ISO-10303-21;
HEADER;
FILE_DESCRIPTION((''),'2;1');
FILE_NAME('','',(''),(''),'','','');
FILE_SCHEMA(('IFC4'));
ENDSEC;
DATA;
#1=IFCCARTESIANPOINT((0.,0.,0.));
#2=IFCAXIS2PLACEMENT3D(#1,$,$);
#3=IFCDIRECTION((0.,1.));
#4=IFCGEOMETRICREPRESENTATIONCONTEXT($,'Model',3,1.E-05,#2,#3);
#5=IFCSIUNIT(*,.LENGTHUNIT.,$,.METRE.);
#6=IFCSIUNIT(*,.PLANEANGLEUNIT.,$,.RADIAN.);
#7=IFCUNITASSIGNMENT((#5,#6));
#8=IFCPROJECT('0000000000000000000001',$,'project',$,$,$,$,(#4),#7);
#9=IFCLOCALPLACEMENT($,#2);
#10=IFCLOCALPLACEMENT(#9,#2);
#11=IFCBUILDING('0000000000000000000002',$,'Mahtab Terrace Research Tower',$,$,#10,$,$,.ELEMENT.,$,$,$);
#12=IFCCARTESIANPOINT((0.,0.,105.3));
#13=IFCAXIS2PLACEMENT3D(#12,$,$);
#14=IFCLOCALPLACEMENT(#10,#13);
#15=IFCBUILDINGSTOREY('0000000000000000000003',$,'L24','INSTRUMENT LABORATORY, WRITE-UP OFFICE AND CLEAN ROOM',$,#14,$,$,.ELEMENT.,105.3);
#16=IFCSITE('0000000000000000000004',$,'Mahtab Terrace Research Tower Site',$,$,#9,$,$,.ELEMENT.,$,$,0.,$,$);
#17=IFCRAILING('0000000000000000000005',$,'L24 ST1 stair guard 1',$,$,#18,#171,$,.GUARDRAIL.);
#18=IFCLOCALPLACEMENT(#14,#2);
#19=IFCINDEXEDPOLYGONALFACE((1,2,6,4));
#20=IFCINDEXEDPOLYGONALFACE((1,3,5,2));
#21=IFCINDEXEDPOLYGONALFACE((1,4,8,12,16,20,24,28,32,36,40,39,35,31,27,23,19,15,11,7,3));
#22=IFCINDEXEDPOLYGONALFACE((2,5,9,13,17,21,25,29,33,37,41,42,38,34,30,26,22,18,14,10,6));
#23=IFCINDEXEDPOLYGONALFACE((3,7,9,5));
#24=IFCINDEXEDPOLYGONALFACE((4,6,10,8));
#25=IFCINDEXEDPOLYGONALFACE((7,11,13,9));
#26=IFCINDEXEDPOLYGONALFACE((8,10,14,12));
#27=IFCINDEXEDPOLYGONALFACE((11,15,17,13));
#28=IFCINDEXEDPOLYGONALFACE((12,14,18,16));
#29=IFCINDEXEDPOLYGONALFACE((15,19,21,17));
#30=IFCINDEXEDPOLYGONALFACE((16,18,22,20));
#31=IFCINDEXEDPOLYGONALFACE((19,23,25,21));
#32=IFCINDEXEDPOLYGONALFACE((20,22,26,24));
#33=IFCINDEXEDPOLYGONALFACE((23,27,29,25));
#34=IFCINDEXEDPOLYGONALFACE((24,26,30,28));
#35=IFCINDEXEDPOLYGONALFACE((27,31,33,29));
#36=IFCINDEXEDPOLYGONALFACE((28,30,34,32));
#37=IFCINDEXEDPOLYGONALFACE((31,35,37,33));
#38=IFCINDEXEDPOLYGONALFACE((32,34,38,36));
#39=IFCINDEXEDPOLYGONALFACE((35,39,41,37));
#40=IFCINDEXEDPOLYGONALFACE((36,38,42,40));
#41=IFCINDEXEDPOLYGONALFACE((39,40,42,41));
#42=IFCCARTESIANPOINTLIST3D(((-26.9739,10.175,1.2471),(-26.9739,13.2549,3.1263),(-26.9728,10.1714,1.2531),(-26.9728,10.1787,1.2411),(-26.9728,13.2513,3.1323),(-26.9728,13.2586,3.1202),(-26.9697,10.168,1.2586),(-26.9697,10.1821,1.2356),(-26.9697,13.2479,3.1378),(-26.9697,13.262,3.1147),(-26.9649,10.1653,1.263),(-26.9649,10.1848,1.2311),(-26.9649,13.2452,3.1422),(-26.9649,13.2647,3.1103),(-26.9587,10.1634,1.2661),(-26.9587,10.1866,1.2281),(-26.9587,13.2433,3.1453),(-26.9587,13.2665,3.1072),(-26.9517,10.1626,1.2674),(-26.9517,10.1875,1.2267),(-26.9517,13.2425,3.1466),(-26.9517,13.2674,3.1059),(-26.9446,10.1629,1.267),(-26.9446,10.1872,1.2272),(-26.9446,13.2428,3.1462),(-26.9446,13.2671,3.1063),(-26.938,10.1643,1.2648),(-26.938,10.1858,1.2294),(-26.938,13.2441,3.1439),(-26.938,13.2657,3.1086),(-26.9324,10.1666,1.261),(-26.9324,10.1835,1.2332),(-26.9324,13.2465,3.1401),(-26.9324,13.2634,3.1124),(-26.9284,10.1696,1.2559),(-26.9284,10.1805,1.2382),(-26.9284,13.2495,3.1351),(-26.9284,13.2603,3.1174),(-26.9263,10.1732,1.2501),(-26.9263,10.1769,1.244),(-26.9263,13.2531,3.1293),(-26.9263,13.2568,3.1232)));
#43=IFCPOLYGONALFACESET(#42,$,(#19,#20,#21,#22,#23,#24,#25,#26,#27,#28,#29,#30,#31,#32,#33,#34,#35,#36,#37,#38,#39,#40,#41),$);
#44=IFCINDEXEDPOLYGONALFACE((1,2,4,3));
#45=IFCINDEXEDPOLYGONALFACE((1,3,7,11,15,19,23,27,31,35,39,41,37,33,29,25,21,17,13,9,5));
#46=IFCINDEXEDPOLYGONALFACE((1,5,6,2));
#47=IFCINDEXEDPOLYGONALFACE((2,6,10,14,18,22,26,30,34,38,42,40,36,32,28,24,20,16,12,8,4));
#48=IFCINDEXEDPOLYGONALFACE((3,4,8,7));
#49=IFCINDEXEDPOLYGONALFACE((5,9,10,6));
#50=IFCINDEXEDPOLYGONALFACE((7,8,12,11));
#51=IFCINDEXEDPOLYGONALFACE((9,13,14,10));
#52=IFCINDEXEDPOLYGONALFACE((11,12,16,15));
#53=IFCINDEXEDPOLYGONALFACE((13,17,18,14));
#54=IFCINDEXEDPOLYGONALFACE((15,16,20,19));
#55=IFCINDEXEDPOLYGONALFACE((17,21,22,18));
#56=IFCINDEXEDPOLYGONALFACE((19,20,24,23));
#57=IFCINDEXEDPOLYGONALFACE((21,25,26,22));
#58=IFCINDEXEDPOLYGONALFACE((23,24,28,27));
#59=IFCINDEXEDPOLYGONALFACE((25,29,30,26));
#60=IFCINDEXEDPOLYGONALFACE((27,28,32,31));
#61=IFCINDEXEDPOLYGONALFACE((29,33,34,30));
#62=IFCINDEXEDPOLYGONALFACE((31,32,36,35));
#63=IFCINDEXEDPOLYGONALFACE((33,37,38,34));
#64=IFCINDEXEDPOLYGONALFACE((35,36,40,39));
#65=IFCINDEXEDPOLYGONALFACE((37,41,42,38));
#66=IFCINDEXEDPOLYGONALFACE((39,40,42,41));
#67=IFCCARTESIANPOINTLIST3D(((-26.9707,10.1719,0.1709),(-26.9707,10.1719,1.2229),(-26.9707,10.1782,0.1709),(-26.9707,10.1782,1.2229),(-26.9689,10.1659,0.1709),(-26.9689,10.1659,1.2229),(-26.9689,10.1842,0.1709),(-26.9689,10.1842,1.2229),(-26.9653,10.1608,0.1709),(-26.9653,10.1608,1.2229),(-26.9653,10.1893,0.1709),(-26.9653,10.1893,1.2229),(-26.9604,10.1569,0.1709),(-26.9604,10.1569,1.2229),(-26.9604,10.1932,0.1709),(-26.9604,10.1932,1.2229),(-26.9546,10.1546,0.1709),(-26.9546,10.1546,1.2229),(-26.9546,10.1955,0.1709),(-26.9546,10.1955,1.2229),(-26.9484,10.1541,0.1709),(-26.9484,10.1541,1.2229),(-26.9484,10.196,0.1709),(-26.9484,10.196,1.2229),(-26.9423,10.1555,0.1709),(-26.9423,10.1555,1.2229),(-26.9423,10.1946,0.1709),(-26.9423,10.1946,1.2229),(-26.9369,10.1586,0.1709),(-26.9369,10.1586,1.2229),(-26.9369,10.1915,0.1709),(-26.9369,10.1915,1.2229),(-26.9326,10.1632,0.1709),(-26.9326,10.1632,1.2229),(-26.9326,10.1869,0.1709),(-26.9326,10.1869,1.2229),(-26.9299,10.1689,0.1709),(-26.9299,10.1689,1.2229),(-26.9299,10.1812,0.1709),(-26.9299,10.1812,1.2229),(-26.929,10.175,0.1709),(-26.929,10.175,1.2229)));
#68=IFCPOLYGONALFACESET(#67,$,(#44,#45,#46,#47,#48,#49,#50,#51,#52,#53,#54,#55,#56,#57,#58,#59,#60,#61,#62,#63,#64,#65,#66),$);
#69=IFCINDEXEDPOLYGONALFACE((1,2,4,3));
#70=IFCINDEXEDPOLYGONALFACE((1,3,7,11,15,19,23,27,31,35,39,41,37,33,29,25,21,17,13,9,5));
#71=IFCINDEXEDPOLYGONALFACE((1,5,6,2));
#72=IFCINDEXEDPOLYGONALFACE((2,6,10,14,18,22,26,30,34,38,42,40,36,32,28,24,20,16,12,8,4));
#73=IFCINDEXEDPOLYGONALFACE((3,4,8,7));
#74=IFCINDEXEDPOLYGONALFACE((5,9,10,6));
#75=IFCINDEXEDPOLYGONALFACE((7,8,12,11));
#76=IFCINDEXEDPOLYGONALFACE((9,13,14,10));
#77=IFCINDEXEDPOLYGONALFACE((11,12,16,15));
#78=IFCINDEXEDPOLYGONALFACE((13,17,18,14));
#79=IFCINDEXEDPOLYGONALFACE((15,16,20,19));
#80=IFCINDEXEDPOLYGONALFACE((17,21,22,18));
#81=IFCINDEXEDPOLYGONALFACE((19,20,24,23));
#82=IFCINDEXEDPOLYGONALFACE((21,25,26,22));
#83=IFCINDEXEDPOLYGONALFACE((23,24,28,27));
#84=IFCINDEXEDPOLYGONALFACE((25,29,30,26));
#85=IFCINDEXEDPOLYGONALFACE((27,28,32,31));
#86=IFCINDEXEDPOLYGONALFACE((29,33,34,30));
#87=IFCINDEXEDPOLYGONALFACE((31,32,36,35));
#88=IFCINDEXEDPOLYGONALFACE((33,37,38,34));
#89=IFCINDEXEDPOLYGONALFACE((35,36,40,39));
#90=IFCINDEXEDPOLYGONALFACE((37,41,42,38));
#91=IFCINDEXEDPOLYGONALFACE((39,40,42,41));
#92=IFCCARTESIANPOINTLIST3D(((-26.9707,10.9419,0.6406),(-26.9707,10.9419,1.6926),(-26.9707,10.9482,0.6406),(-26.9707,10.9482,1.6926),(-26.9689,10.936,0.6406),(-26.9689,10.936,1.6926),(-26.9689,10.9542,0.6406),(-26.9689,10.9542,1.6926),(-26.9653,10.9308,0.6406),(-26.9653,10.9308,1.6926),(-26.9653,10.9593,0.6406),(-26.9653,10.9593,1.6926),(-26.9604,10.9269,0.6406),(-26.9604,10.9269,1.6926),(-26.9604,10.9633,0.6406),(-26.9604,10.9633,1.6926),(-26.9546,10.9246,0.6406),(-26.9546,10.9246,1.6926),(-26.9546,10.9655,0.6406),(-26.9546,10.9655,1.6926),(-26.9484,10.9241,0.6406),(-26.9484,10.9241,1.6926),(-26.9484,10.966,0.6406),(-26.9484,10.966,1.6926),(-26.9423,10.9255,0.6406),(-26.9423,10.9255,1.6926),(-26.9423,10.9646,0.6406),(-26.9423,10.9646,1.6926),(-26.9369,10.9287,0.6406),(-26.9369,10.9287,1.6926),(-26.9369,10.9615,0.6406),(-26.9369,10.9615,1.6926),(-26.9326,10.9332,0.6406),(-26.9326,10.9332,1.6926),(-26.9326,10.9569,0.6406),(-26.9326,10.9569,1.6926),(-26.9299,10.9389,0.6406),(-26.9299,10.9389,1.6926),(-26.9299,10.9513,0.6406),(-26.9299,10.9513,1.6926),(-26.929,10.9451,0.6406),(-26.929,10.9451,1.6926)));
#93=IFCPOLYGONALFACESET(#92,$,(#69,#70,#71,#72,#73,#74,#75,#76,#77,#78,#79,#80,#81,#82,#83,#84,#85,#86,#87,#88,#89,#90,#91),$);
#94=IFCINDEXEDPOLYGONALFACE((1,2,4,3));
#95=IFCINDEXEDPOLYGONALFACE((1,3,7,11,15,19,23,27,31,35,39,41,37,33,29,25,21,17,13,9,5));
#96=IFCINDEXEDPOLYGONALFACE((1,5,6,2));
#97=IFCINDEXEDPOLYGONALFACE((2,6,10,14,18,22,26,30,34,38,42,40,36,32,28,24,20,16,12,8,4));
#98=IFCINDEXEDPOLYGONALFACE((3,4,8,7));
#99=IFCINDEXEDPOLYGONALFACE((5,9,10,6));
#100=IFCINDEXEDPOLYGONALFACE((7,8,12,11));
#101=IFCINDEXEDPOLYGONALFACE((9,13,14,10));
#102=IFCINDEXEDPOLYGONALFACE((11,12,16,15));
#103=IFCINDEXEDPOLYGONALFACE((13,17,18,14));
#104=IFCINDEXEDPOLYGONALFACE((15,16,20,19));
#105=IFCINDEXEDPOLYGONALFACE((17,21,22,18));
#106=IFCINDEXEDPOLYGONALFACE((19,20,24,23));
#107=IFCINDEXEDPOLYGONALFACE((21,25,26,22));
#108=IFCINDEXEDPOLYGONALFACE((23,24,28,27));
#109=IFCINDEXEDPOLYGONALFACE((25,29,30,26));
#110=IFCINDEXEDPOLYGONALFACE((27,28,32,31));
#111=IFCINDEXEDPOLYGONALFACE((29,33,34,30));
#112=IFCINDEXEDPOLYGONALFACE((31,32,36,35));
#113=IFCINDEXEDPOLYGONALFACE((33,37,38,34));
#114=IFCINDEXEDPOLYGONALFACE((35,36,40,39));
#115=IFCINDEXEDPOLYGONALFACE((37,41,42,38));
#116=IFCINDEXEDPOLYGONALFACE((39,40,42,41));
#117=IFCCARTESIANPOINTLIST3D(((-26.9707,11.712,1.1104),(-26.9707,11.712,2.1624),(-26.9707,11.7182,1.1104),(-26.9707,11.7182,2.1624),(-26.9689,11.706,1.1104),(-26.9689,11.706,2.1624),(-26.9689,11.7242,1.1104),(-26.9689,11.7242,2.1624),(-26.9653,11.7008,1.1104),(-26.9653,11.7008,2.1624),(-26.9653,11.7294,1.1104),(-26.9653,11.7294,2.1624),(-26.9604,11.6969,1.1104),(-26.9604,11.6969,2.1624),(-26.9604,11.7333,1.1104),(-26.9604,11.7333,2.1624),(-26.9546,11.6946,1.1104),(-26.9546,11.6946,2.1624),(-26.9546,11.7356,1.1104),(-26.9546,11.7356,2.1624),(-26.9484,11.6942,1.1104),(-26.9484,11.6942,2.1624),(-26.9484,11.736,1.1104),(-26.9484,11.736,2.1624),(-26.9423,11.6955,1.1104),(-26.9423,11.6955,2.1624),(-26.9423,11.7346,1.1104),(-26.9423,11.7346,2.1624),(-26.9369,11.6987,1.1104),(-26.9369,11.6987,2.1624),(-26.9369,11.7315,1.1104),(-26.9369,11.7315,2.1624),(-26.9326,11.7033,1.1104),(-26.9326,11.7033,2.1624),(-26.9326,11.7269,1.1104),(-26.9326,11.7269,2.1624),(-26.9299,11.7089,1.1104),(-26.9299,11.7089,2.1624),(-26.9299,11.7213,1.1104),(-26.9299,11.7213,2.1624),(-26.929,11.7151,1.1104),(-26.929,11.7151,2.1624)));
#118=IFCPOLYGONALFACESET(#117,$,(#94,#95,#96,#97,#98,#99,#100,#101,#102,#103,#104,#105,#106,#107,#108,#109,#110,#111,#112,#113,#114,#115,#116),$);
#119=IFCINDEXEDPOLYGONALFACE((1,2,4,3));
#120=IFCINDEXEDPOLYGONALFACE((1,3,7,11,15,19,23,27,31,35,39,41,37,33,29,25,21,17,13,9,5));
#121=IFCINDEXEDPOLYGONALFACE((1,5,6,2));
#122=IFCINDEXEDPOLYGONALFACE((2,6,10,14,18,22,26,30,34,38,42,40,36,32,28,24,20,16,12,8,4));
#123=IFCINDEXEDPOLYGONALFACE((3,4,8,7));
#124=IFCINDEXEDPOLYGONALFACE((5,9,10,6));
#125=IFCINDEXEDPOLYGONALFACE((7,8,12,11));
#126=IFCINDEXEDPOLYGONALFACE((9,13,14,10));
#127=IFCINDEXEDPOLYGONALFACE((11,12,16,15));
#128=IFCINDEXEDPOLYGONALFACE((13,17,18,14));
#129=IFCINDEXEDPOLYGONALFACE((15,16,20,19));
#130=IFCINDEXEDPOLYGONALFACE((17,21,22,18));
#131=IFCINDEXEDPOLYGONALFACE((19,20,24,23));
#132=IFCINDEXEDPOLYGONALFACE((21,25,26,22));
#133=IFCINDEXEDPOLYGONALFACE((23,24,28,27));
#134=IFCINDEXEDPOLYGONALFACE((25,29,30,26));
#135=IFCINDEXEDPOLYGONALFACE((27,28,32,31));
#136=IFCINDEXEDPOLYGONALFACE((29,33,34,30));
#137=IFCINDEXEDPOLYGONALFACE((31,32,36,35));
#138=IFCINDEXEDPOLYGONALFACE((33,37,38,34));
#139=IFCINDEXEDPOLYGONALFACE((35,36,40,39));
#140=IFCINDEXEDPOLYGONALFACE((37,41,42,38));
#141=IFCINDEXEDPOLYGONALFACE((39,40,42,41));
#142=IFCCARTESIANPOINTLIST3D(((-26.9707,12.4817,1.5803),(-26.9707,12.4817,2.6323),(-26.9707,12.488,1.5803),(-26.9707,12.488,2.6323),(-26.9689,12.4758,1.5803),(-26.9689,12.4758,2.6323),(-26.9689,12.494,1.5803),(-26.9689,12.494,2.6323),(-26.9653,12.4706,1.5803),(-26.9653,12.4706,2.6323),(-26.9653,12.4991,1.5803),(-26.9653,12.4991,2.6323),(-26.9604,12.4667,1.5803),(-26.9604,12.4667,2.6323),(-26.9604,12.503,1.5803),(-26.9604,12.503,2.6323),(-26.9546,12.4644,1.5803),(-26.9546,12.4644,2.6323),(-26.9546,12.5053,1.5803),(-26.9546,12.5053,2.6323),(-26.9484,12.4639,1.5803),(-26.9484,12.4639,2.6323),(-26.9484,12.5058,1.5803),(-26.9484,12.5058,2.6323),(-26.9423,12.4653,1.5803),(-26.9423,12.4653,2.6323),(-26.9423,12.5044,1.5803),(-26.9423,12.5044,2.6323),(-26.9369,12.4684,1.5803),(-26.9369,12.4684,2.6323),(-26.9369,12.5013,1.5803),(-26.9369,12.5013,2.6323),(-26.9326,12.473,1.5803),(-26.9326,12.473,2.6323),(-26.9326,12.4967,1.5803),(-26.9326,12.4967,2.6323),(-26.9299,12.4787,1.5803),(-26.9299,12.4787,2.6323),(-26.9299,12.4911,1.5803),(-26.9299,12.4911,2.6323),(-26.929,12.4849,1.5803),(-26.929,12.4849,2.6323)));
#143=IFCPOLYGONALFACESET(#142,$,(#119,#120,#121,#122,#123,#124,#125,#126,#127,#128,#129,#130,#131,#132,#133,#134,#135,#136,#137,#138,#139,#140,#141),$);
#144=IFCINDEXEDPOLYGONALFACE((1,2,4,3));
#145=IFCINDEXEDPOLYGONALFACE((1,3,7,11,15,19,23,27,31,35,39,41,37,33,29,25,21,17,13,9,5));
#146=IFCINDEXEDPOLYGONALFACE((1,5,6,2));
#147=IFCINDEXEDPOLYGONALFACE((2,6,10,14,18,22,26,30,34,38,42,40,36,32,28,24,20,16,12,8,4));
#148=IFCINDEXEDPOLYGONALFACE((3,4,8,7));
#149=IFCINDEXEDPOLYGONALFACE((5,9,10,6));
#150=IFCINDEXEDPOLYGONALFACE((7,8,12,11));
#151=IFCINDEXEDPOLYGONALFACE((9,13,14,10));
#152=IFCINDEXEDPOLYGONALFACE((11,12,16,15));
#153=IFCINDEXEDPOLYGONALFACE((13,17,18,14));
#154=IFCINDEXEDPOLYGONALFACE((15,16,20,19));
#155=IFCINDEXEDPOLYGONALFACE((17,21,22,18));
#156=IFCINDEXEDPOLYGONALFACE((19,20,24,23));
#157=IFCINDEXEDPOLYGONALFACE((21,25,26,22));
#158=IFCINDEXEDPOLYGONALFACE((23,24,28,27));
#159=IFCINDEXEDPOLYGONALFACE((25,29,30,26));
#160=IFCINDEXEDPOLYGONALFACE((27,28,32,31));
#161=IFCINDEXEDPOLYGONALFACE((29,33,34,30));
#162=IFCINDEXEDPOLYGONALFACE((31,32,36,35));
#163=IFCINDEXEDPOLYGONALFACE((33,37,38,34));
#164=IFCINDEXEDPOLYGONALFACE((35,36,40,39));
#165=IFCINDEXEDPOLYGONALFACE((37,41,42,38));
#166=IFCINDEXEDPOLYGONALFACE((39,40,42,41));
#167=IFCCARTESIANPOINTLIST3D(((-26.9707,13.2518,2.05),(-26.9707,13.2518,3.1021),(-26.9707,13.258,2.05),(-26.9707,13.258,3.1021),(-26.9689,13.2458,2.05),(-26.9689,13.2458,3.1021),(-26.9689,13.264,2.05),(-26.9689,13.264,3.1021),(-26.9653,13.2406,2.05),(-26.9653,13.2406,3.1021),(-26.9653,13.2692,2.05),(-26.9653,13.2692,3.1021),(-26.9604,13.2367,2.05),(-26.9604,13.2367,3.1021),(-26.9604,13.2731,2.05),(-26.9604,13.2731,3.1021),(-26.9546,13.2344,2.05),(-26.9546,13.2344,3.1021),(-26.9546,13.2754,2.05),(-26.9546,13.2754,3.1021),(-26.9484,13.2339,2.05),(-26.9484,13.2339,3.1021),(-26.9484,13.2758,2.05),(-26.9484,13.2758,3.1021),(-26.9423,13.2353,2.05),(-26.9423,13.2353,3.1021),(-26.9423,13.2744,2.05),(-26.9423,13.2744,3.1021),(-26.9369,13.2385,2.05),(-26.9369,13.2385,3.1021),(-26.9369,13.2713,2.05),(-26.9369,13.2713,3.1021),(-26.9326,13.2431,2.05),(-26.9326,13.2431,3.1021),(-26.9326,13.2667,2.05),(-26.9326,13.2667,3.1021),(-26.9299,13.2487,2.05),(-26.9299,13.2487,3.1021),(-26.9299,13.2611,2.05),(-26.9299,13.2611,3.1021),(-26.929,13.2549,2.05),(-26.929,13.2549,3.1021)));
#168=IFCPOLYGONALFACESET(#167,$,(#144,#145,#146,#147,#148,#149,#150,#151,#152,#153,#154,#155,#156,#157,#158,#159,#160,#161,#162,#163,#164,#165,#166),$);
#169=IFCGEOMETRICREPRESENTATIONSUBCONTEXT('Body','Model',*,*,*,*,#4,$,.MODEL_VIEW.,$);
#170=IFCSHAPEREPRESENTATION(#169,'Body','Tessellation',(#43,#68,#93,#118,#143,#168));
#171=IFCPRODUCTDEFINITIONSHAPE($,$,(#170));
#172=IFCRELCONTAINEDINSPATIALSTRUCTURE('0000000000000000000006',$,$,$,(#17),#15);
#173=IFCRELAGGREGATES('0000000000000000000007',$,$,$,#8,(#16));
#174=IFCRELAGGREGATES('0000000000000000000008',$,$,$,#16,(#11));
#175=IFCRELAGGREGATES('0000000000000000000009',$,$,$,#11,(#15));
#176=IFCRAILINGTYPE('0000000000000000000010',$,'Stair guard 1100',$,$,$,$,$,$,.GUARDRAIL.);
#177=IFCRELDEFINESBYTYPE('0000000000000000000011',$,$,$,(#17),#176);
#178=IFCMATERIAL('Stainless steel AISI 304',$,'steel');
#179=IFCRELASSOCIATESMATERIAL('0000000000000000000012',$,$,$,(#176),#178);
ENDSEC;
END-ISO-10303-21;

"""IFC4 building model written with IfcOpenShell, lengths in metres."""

from ifc_helpers import new_model, si_unit, direction, frame, origin, origin_2d, place, context, subcontext, project, spatial, circle, extrude, material, type_object, element, save


model = new_model("IFC4")

# Units and contexts
model_context = context("Model", 3, precision=1e-05, world=origin(), true_north=direction((0.0, 1.0)))
body_context = subcontext(model_context, "Body", "Model", "MODEL_VIEW")
ifc_project = project(units=[si_unit("LENGTHUNIT", "METRE"), si_unit("PLANEANGLEUNIT", "RADIAN")], contexts=[model_context])

# Site, building, storey
site_placement = place(None, origin())
site = spatial("IfcSite", under=ifc_project, at=site_placement, Name="Mahtab Terrace Research Tower Site", CompositionType="ELEMENT", RefElevation=0.0)
building_placement = place(site_placement, origin())
building = spatial("IfcBuilding", under=site, at=building_placement, Name="Mahtab Terrace Research Tower", CompositionType="ELEMENT")
storey_placement = place(building_placement, frame((0.0, 0.0, 105.3)))
storey = spatial("IfcBuildingStorey", under=building, at=storey_placement, Name="L24", Description="INSTRUMENT LABORATORY, WRITE-UP OFFICE AND CLEAN ROOM", CompositionType="ELEMENT", Elevation=105.3)

# Railing
ifc_material_1 = material(Name="Stainless steel AISI 304", Category="steel")
railing_type_1 = type_object("IfcRailingType", Name="Stair guard 1100", PredefinedType="GUARDRAIL", material=ifc_material_1)
railing_1_placement = place(storey_placement, frame((-26.95, 10.175, 0.1709)))
element("IfcRailing", 1, at=railing_1_placement, inside=storey, type_object=railing_type_1, Name="L24 ST1 stair guard 1", PredefinedType="GUARDRAIL", context=body_context, shape_type="SweptSolid", body=[
    extrude(circle(Radius=0.0239, at=origin_2d()), frame((0.0, 0.0, 1.0762), z_axis=(0.0, 0.853648, 0.52085), x_axis=(-1.0, 0.0, 0.0)), (0.0, 0.0, 1.0), 3.6079),
    extrude(circle(Radius=0.021, at=origin_2d()), origin(), (0.0, 0.0, 1.0), 1.052),
    extrude(circle(Radius=0.021, at=origin_2d()), frame((0.0, 0.77, 0.4697)), (0.0, 0.0, 1.0), 1.052),
    extrude(circle(Radius=0.021, at=origin_2d()), frame((0.0, 1.54, 0.9395)), (0.0, 0.0, 1.0), 1.052),
    extrude(circle(Radius=0.021, at=origin_2d()), frame((0.0, 2.3098, 1.4094)), (0.0, 0.0, 1.0), 1.052),
    extrude(circle(Radius=0.021, at=origin_2d()), frame((0.0, 3.0798, 1.8792)), (0.0, 0.0, 1.0), 1.052),
])

save(model, "model.ifc")
